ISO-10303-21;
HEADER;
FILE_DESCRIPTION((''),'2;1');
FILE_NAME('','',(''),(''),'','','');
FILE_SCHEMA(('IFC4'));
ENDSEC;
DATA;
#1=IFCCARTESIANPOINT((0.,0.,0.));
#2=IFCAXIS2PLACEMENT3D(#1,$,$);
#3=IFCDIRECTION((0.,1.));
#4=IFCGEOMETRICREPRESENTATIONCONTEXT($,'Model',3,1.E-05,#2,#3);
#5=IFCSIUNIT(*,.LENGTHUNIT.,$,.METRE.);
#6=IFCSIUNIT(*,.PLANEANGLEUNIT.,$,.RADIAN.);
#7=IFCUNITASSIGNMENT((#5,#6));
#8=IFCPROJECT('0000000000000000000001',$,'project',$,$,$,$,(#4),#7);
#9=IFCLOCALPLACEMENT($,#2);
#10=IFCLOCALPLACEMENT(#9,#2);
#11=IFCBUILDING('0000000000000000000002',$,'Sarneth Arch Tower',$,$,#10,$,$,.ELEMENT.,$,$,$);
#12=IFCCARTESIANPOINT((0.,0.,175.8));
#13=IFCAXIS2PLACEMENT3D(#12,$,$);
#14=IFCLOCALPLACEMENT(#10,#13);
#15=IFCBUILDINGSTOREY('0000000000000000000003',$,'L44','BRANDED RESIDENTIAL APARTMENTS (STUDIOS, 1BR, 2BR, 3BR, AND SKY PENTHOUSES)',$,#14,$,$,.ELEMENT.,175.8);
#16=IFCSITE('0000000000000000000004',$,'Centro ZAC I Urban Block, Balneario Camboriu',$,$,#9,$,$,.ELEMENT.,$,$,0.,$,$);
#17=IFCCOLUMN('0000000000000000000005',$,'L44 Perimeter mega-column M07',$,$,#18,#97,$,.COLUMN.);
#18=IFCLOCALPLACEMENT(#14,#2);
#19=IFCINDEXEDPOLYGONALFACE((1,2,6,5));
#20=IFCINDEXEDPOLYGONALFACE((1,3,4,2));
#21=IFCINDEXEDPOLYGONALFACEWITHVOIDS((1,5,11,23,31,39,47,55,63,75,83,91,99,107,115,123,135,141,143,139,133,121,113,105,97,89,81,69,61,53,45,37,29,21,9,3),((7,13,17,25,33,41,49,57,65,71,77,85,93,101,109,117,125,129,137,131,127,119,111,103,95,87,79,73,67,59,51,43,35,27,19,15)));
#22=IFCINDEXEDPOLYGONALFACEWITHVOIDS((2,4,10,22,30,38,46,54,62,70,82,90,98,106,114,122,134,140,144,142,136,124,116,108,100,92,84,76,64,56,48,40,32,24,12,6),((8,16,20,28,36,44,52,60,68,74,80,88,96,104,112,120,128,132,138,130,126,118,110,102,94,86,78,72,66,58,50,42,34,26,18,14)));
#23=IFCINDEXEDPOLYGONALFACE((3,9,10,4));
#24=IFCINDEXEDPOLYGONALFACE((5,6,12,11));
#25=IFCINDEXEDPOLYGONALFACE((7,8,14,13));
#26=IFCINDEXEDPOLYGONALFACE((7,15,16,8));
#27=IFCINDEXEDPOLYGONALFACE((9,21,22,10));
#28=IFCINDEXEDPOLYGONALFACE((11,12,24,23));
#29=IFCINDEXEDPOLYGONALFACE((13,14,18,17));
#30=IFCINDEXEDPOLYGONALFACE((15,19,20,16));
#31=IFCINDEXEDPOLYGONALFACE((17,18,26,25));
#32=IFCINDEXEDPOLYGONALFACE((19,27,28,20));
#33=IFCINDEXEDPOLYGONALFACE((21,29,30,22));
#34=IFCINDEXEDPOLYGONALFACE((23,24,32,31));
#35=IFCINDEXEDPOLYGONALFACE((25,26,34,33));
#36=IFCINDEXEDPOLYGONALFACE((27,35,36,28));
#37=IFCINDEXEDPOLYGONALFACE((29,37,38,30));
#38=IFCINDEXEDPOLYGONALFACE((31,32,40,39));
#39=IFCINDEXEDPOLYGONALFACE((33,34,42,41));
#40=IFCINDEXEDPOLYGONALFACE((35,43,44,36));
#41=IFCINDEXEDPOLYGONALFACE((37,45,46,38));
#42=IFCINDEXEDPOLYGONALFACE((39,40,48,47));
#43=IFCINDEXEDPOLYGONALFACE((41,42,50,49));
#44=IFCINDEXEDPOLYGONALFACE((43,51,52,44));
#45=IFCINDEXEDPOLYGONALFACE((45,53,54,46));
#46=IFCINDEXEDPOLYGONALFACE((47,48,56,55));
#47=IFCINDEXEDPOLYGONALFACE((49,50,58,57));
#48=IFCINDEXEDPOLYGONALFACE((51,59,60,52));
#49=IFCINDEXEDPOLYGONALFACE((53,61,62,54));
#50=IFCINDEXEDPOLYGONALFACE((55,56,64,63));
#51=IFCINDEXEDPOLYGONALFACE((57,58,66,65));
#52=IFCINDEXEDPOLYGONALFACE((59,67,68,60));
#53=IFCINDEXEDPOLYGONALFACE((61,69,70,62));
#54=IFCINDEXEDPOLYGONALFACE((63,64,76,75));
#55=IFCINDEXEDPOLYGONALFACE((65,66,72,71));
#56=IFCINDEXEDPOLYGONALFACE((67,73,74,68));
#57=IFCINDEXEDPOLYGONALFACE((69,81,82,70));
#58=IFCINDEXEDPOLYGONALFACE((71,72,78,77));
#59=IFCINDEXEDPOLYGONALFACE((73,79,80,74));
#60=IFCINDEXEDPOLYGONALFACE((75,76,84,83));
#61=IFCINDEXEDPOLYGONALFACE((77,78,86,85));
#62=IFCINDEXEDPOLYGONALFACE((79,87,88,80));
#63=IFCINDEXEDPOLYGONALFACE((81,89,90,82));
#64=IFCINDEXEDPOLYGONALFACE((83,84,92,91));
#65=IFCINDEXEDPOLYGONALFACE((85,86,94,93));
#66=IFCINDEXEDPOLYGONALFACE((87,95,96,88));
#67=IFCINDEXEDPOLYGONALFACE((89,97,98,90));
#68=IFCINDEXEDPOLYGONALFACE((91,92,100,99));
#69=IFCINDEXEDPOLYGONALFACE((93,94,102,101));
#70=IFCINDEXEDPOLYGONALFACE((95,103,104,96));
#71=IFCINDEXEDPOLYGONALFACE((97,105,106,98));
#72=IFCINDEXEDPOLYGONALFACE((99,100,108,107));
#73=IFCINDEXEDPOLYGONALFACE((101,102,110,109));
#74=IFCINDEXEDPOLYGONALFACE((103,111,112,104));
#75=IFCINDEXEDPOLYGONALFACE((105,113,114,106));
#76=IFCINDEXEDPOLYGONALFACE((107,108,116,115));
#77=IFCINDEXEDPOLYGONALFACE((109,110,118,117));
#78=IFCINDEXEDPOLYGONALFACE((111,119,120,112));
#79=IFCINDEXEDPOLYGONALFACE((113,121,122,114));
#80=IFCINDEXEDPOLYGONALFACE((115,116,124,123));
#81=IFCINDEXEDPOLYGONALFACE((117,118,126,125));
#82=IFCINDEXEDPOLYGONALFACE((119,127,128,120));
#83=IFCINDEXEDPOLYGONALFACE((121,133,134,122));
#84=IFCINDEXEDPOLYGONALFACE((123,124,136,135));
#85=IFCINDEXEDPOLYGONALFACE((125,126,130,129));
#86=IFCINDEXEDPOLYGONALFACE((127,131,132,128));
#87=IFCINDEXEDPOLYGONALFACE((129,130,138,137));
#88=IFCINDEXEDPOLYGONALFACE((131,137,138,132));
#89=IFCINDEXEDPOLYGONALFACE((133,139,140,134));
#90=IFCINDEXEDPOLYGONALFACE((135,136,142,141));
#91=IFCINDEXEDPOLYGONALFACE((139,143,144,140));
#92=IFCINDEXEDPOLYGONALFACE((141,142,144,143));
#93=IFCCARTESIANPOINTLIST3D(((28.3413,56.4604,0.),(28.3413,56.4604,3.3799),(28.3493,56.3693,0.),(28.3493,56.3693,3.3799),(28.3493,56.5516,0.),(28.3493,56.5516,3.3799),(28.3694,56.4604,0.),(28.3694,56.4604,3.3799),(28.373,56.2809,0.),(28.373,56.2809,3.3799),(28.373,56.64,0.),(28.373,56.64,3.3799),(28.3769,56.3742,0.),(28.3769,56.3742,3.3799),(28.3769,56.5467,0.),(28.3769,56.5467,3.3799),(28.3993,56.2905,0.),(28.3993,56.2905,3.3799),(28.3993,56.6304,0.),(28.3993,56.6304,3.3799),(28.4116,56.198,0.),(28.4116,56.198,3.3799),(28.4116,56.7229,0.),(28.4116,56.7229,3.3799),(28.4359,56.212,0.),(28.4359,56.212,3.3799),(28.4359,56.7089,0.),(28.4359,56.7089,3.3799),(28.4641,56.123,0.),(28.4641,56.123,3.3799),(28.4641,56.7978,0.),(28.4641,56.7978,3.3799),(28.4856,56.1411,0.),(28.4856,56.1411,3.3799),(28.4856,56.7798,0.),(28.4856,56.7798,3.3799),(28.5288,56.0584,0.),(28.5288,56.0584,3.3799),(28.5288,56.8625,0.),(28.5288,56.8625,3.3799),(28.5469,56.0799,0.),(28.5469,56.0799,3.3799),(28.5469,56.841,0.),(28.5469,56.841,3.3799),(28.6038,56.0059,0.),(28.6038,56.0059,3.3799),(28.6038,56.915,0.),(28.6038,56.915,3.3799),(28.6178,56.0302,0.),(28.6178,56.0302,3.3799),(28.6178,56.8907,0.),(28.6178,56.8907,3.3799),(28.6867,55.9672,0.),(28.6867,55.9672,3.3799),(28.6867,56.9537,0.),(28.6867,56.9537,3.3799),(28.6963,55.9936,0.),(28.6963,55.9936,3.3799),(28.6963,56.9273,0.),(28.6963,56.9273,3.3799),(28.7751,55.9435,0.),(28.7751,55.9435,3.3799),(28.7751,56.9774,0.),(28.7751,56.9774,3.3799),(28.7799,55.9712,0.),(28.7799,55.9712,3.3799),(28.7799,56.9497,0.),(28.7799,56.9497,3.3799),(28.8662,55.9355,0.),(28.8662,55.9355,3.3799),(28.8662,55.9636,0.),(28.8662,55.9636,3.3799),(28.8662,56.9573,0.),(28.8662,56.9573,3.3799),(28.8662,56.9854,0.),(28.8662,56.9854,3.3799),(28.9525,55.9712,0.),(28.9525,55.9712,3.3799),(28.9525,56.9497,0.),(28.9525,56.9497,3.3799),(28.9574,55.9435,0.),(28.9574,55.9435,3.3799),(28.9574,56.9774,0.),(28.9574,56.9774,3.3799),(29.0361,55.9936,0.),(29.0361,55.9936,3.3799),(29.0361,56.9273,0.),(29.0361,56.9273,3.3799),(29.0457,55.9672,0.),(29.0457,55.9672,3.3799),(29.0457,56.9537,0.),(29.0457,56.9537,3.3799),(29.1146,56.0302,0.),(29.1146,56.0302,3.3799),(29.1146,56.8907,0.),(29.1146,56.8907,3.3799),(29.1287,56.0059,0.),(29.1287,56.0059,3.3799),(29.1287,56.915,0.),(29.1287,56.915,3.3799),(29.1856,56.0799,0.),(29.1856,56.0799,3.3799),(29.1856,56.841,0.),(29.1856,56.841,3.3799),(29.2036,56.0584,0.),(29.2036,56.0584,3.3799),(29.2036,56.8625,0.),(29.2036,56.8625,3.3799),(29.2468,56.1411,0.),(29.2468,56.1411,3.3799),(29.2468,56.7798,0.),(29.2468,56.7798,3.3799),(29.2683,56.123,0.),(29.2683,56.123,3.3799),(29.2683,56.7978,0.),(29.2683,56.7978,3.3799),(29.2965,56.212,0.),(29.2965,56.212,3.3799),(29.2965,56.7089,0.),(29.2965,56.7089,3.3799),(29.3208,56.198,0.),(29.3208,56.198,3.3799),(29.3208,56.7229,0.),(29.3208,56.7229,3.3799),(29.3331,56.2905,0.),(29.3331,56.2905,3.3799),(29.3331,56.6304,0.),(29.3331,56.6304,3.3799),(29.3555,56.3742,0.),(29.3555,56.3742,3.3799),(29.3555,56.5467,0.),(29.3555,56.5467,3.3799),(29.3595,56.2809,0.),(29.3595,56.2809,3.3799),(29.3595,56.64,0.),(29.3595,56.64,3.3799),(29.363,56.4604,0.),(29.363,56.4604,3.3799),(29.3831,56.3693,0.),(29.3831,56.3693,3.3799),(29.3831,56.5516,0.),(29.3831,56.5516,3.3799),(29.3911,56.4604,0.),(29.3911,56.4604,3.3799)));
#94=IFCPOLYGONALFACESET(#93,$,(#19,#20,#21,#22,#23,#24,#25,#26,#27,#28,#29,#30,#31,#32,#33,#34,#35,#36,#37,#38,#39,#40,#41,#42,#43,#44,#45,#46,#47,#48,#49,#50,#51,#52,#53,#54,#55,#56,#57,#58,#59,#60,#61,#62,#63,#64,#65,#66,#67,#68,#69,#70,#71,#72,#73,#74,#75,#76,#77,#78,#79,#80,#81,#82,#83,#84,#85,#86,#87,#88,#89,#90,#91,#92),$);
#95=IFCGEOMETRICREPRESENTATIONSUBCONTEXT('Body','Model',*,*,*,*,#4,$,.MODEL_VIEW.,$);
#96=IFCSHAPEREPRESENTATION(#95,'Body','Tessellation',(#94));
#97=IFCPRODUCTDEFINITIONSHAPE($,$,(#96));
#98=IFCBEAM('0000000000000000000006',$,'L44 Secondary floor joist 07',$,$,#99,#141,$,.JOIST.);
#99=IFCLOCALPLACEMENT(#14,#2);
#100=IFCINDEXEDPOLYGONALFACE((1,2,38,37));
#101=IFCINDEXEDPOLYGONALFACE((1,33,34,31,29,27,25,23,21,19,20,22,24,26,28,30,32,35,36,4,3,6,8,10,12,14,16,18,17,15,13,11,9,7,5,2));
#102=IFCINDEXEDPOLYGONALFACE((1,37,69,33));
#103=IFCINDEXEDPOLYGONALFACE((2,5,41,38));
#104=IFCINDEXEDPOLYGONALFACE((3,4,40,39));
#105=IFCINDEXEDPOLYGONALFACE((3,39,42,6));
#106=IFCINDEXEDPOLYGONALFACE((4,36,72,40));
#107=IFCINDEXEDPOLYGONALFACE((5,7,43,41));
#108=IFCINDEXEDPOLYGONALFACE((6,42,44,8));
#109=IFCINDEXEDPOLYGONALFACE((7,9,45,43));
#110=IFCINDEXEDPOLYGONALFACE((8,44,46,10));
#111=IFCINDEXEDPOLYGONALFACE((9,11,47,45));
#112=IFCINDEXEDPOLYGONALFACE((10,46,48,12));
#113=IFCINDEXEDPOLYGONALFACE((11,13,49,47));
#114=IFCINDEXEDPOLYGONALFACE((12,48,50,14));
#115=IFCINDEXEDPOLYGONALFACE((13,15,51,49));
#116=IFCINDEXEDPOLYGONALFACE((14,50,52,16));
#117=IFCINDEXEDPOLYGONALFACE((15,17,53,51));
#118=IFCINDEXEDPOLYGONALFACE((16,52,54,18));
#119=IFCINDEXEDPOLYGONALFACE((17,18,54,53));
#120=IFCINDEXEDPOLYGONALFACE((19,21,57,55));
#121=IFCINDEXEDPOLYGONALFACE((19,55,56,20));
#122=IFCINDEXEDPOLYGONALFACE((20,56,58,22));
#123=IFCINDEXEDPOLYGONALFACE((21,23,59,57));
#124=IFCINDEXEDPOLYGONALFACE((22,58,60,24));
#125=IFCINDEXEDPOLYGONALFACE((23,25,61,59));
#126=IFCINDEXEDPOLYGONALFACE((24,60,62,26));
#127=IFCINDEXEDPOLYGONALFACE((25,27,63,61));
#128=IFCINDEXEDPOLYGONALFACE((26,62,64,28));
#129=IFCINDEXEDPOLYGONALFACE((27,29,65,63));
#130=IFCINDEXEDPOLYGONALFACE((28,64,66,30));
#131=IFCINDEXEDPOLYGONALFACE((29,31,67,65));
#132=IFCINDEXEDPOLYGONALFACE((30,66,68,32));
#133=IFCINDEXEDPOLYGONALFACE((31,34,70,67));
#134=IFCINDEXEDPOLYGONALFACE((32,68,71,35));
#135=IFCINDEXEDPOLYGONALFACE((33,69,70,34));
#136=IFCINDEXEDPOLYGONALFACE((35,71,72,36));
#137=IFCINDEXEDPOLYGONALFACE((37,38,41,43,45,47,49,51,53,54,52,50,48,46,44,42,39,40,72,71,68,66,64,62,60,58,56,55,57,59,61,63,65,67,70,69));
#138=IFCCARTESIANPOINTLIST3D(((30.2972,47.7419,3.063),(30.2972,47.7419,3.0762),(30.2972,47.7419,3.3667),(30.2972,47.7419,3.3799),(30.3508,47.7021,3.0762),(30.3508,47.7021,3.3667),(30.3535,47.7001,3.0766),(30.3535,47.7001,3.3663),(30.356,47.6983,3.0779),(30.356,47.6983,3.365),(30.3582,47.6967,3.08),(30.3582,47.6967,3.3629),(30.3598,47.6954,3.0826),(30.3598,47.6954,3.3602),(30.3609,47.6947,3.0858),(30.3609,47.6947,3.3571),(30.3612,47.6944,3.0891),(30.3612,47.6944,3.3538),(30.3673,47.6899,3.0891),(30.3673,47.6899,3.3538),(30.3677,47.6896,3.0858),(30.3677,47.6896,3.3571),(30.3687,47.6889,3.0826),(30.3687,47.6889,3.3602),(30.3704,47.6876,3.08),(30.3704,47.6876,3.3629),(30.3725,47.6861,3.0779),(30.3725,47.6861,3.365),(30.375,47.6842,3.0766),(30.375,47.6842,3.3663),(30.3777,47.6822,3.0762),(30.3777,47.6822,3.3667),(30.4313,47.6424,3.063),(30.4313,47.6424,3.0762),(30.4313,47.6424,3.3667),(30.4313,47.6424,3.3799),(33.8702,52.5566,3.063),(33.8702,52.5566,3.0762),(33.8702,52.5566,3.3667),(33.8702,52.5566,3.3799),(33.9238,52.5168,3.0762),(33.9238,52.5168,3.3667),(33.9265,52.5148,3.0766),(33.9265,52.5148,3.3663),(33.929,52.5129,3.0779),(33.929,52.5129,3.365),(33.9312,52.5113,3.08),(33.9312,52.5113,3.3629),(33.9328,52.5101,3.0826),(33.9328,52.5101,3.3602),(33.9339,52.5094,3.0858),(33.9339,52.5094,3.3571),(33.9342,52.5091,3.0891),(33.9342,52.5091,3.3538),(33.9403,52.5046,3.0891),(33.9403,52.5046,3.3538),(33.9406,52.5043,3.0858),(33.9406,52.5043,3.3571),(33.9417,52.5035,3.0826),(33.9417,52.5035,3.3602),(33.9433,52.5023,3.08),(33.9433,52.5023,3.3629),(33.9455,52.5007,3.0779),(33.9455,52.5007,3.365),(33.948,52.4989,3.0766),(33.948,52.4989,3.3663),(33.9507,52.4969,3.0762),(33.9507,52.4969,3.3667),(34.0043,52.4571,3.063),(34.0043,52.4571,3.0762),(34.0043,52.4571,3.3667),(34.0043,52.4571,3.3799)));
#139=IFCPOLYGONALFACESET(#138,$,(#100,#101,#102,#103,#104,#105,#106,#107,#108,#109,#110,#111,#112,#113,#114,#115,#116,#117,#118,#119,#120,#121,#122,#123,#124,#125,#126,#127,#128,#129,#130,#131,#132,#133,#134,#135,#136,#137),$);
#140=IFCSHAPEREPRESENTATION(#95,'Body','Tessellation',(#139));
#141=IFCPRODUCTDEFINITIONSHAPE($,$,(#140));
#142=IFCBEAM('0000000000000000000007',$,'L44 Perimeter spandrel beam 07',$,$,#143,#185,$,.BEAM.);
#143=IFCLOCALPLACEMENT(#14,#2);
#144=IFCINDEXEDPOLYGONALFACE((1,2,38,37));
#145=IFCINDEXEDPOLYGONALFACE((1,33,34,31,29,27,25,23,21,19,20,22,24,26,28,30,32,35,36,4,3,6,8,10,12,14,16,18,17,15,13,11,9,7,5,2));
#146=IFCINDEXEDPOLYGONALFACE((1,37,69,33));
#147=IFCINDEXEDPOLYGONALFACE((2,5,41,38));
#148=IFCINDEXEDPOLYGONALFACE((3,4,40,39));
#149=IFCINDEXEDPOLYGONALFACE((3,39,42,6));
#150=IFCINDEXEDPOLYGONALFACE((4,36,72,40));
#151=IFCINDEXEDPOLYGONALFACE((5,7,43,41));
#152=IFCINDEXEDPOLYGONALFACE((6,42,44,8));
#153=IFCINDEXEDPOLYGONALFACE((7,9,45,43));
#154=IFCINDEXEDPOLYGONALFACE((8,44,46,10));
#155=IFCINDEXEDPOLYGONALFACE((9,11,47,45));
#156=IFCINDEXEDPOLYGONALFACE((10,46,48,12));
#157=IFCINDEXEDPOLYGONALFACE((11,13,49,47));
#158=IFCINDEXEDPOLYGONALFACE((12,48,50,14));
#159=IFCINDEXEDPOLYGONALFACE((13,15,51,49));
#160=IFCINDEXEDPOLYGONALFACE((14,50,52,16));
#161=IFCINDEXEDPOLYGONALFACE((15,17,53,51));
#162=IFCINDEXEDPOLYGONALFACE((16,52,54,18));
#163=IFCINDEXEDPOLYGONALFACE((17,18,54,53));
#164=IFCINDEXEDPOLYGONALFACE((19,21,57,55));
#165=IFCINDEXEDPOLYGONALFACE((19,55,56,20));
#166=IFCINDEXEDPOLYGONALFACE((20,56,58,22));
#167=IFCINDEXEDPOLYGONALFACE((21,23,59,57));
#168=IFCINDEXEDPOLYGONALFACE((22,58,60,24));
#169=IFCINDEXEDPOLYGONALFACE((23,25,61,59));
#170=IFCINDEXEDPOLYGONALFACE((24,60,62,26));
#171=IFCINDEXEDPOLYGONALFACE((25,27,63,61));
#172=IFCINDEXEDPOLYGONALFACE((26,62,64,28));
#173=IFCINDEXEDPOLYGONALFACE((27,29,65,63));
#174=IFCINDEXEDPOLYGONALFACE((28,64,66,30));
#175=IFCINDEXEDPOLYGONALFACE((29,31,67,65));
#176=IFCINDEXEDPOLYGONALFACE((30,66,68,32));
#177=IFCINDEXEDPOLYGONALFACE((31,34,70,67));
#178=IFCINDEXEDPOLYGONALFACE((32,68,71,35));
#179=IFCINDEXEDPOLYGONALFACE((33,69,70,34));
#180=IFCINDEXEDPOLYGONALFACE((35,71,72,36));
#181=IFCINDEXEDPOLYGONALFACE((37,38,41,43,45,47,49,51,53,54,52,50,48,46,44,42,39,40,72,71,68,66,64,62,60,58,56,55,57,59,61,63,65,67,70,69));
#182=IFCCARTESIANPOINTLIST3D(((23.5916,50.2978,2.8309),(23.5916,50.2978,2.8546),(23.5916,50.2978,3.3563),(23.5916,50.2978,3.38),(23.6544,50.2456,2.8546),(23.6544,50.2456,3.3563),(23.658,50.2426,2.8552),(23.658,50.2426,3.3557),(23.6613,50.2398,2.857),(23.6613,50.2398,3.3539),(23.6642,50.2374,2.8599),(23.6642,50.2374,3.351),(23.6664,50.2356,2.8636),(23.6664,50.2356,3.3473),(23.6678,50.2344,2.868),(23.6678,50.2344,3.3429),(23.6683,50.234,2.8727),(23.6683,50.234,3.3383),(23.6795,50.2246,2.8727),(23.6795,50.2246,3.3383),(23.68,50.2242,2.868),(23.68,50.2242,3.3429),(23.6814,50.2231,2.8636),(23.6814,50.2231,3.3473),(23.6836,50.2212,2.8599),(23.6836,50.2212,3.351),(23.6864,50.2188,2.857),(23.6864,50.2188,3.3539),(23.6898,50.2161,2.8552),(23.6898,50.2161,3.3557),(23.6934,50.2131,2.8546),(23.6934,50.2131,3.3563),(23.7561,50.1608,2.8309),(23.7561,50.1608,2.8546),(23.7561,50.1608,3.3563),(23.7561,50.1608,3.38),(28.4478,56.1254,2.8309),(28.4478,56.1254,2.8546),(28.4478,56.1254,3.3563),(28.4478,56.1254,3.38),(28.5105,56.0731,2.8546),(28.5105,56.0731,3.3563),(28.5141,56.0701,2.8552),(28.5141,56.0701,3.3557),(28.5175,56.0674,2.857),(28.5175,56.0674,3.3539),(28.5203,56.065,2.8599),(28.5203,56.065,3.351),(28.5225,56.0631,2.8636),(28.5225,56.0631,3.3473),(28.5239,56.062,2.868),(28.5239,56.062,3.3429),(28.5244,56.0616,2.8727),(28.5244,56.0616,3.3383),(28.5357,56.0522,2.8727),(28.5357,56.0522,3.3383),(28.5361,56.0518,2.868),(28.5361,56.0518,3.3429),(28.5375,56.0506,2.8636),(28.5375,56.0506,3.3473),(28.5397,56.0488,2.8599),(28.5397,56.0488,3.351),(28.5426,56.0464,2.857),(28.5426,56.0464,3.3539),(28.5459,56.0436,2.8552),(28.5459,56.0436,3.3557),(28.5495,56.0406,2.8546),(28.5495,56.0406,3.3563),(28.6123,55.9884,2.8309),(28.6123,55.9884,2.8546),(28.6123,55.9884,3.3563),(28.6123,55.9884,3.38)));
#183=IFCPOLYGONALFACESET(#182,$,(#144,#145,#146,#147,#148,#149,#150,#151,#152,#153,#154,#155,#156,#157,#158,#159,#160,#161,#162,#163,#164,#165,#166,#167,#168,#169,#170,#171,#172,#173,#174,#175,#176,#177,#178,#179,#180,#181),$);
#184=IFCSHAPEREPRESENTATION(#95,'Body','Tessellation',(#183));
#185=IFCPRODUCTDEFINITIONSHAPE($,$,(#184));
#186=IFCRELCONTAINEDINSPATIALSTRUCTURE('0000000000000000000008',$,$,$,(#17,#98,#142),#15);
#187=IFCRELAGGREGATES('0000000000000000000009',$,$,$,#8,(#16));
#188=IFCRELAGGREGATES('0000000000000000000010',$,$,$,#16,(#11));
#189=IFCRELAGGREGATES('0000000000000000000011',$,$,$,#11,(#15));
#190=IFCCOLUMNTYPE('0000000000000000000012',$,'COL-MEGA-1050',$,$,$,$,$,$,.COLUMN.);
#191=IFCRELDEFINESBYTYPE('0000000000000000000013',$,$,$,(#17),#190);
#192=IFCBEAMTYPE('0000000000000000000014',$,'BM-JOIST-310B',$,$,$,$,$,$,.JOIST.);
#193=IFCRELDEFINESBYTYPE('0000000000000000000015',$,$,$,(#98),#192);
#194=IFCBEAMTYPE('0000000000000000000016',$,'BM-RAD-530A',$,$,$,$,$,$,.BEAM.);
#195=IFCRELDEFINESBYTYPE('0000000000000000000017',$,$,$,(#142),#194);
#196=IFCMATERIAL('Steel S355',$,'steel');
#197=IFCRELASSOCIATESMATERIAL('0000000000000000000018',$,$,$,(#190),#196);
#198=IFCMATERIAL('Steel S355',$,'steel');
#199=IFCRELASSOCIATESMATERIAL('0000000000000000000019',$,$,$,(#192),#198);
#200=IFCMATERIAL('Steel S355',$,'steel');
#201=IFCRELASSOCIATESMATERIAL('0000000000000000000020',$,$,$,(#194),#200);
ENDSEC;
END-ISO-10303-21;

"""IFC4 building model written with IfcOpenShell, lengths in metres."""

from ifc_helpers import new_model, si_unit, direction, frame, origin, origin_2d, place, context, subcontext, project, spatial, hollow_circle, i_section, extrude, material, material_profile, profile_set, type_object, element, save


model = new_model("IFC4")

# Units and contexts
model_context = context("Model", 3, precision=1e-05, world=origin(), true_north=direction((0.0, 1.0)))
body_context = subcontext(model_context, "Body", "Model", "MODEL_VIEW")
ifc_project = project(units=[si_unit("LENGTHUNIT", "METRE"), si_unit("PLANEANGLEUNIT", "RADIAN")], contexts=[model_context])

# Site, building, storey
site_placement = place(None, origin())
site = spatial("IfcSite", under=ifc_project, at=site_placement, Name="Centro ZAC I Urban Block, Balneario Camboriu", CompositionType="ELEMENT", RefElevation=0.0)
building_placement = place(site_placement, origin())
building = spatial("IfcBuilding", under=site, at=building_placement, Name="Sarneth Arch Tower", CompositionType="ELEMENT")
storey_placement = place(building_placement, frame((0.0, 0.0, 175.8)))
storey = spatial("IfcBuildingStorey", under=building, at=storey_placement, Name="L44", Description="BRANDED RESIDENTIAL APARTMENTS (STUDIOS, 1BR, 2BR, 3BR, AND SKY PENTHOUSES)", CompositionType="ELEMENT", Elevation=175.8)

# Column
ifc_material_1 = material(Name="Steel S355", Category="steel")
ifc_material_profile_1 = material_profile(ifc_material_1, hollow_circle(Radius=0.5249, WallThickness=0.0281, at=origin_2d()), Name="CHS1050x28")
ifc_profile_set_1 = profile_set([ifc_material_profile_1], Name="Steel S355")
column_type = type_object("IfcColumnType", Name="COL-MEGA-1050", PredefinedType="COLUMN", material=ifc_profile_set_1)
column_placement = place(storey_placement, frame((28.8662, 56.4604, 0.0), z_axis=(0.0, 0.0, 1.0), x_axis=(1.0, 0.0, 0.0)))
element("IfcColumn", 1, at=column_placement, inside=storey, type_object=column_type, Name="L44 Perimeter mega-column M07", PredefinedType="COLUMN", context=body_context, shape_type="SweptSolid", body=[
    extrude(hollow_circle(Radius=0.5249, WallThickness=0.0281, at=origin_2d()), origin(), (0.0, 0.0, 1.0), 3.3799),
])

# Beams
ifc_material_2 = material(Name="Steel S355", Category="steel")
ifc_material_profile_2 = material_profile(ifc_material_2, i_section(OverallWidth=0.167, OverallDepth=0.3169, WebThickness=0.0076, FlangeThickness=0.0132, FilletRadius=0.0129, at=origin_2d()), Name="W310x52")
ifc_profile_set_2 = profile_set([ifc_material_profile_2], Name="Steel S355")
beam_type_1 = type_object("IfcBeamType", Name="BM-JOIST-310B", PredefinedType="JOIST", material=ifc_profile_set_2)
beam_1_placement = place(storey_placement, frame((33.9373, 52.5068, 3.2214), z_axis=(-0.595933, -0.803034, 0.0), x_axis=(0.803034, -0.595933, 0.0)))
element("IfcBeam", 2, at=beam_1_placement, inside=storey, type_object=beam_type_1, Name="L44 Secondary floor joist 07", PredefinedType="JOIST", context=body_context, shape_type="SweptSolid", body=[
    extrude(i_section(OverallWidth=0.167, OverallDepth=0.3169, WebThickness=0.0076, FlangeThickness=0.0132, FilletRadius=0.0129, at=origin_2d()), origin(), (0.0, 0.0, 1.0), 5.9956),
])
ifc_material_3 = material(Name="Steel S355", Category="steel")
ifc_material_profile_3 = material_profile(ifc_material_3, i_section(OverallWidth=0.2141, OverallDepth=0.5491, WebThickness=0.0146, FlangeThickness=0.0237, FilletRadius=0.0181, at=origin_2d()), Name="W530x138")
ifc_profile_set_3 = profile_set([ifc_material_profile_3], Name="Steel S355")
beam_type_2 = type_object("IfcBeamType", Name="BM-RAD-530A", PredefinedType="BEAM", material=ifc_profile_set_3)
beam_2_placement = place(storey_placement, frame((28.53, 56.0569, 3.1055), z_axis=(-0.640172, -0.768232, 0.0), x_axis=(0.768232, -0.640172, 0.0)))
element("IfcBeam", 3, at=beam_2_placement, inside=storey, type_object=beam_type_2, Name="L44 Perimeter spandrel beam 07", PredefinedType="BEAM", context=body_context, shape_type="SweptSolid", body=[
    extrude(i_section(OverallWidth=0.2141, OverallDepth=0.5491, WebThickness=0.0146, FlangeThickness=0.0237, FilletRadius=0.0181, at=origin_2d()), origin(), (0.0, 0.0, 1.0), 7.5857),
])

save(model, "model.ifc")
